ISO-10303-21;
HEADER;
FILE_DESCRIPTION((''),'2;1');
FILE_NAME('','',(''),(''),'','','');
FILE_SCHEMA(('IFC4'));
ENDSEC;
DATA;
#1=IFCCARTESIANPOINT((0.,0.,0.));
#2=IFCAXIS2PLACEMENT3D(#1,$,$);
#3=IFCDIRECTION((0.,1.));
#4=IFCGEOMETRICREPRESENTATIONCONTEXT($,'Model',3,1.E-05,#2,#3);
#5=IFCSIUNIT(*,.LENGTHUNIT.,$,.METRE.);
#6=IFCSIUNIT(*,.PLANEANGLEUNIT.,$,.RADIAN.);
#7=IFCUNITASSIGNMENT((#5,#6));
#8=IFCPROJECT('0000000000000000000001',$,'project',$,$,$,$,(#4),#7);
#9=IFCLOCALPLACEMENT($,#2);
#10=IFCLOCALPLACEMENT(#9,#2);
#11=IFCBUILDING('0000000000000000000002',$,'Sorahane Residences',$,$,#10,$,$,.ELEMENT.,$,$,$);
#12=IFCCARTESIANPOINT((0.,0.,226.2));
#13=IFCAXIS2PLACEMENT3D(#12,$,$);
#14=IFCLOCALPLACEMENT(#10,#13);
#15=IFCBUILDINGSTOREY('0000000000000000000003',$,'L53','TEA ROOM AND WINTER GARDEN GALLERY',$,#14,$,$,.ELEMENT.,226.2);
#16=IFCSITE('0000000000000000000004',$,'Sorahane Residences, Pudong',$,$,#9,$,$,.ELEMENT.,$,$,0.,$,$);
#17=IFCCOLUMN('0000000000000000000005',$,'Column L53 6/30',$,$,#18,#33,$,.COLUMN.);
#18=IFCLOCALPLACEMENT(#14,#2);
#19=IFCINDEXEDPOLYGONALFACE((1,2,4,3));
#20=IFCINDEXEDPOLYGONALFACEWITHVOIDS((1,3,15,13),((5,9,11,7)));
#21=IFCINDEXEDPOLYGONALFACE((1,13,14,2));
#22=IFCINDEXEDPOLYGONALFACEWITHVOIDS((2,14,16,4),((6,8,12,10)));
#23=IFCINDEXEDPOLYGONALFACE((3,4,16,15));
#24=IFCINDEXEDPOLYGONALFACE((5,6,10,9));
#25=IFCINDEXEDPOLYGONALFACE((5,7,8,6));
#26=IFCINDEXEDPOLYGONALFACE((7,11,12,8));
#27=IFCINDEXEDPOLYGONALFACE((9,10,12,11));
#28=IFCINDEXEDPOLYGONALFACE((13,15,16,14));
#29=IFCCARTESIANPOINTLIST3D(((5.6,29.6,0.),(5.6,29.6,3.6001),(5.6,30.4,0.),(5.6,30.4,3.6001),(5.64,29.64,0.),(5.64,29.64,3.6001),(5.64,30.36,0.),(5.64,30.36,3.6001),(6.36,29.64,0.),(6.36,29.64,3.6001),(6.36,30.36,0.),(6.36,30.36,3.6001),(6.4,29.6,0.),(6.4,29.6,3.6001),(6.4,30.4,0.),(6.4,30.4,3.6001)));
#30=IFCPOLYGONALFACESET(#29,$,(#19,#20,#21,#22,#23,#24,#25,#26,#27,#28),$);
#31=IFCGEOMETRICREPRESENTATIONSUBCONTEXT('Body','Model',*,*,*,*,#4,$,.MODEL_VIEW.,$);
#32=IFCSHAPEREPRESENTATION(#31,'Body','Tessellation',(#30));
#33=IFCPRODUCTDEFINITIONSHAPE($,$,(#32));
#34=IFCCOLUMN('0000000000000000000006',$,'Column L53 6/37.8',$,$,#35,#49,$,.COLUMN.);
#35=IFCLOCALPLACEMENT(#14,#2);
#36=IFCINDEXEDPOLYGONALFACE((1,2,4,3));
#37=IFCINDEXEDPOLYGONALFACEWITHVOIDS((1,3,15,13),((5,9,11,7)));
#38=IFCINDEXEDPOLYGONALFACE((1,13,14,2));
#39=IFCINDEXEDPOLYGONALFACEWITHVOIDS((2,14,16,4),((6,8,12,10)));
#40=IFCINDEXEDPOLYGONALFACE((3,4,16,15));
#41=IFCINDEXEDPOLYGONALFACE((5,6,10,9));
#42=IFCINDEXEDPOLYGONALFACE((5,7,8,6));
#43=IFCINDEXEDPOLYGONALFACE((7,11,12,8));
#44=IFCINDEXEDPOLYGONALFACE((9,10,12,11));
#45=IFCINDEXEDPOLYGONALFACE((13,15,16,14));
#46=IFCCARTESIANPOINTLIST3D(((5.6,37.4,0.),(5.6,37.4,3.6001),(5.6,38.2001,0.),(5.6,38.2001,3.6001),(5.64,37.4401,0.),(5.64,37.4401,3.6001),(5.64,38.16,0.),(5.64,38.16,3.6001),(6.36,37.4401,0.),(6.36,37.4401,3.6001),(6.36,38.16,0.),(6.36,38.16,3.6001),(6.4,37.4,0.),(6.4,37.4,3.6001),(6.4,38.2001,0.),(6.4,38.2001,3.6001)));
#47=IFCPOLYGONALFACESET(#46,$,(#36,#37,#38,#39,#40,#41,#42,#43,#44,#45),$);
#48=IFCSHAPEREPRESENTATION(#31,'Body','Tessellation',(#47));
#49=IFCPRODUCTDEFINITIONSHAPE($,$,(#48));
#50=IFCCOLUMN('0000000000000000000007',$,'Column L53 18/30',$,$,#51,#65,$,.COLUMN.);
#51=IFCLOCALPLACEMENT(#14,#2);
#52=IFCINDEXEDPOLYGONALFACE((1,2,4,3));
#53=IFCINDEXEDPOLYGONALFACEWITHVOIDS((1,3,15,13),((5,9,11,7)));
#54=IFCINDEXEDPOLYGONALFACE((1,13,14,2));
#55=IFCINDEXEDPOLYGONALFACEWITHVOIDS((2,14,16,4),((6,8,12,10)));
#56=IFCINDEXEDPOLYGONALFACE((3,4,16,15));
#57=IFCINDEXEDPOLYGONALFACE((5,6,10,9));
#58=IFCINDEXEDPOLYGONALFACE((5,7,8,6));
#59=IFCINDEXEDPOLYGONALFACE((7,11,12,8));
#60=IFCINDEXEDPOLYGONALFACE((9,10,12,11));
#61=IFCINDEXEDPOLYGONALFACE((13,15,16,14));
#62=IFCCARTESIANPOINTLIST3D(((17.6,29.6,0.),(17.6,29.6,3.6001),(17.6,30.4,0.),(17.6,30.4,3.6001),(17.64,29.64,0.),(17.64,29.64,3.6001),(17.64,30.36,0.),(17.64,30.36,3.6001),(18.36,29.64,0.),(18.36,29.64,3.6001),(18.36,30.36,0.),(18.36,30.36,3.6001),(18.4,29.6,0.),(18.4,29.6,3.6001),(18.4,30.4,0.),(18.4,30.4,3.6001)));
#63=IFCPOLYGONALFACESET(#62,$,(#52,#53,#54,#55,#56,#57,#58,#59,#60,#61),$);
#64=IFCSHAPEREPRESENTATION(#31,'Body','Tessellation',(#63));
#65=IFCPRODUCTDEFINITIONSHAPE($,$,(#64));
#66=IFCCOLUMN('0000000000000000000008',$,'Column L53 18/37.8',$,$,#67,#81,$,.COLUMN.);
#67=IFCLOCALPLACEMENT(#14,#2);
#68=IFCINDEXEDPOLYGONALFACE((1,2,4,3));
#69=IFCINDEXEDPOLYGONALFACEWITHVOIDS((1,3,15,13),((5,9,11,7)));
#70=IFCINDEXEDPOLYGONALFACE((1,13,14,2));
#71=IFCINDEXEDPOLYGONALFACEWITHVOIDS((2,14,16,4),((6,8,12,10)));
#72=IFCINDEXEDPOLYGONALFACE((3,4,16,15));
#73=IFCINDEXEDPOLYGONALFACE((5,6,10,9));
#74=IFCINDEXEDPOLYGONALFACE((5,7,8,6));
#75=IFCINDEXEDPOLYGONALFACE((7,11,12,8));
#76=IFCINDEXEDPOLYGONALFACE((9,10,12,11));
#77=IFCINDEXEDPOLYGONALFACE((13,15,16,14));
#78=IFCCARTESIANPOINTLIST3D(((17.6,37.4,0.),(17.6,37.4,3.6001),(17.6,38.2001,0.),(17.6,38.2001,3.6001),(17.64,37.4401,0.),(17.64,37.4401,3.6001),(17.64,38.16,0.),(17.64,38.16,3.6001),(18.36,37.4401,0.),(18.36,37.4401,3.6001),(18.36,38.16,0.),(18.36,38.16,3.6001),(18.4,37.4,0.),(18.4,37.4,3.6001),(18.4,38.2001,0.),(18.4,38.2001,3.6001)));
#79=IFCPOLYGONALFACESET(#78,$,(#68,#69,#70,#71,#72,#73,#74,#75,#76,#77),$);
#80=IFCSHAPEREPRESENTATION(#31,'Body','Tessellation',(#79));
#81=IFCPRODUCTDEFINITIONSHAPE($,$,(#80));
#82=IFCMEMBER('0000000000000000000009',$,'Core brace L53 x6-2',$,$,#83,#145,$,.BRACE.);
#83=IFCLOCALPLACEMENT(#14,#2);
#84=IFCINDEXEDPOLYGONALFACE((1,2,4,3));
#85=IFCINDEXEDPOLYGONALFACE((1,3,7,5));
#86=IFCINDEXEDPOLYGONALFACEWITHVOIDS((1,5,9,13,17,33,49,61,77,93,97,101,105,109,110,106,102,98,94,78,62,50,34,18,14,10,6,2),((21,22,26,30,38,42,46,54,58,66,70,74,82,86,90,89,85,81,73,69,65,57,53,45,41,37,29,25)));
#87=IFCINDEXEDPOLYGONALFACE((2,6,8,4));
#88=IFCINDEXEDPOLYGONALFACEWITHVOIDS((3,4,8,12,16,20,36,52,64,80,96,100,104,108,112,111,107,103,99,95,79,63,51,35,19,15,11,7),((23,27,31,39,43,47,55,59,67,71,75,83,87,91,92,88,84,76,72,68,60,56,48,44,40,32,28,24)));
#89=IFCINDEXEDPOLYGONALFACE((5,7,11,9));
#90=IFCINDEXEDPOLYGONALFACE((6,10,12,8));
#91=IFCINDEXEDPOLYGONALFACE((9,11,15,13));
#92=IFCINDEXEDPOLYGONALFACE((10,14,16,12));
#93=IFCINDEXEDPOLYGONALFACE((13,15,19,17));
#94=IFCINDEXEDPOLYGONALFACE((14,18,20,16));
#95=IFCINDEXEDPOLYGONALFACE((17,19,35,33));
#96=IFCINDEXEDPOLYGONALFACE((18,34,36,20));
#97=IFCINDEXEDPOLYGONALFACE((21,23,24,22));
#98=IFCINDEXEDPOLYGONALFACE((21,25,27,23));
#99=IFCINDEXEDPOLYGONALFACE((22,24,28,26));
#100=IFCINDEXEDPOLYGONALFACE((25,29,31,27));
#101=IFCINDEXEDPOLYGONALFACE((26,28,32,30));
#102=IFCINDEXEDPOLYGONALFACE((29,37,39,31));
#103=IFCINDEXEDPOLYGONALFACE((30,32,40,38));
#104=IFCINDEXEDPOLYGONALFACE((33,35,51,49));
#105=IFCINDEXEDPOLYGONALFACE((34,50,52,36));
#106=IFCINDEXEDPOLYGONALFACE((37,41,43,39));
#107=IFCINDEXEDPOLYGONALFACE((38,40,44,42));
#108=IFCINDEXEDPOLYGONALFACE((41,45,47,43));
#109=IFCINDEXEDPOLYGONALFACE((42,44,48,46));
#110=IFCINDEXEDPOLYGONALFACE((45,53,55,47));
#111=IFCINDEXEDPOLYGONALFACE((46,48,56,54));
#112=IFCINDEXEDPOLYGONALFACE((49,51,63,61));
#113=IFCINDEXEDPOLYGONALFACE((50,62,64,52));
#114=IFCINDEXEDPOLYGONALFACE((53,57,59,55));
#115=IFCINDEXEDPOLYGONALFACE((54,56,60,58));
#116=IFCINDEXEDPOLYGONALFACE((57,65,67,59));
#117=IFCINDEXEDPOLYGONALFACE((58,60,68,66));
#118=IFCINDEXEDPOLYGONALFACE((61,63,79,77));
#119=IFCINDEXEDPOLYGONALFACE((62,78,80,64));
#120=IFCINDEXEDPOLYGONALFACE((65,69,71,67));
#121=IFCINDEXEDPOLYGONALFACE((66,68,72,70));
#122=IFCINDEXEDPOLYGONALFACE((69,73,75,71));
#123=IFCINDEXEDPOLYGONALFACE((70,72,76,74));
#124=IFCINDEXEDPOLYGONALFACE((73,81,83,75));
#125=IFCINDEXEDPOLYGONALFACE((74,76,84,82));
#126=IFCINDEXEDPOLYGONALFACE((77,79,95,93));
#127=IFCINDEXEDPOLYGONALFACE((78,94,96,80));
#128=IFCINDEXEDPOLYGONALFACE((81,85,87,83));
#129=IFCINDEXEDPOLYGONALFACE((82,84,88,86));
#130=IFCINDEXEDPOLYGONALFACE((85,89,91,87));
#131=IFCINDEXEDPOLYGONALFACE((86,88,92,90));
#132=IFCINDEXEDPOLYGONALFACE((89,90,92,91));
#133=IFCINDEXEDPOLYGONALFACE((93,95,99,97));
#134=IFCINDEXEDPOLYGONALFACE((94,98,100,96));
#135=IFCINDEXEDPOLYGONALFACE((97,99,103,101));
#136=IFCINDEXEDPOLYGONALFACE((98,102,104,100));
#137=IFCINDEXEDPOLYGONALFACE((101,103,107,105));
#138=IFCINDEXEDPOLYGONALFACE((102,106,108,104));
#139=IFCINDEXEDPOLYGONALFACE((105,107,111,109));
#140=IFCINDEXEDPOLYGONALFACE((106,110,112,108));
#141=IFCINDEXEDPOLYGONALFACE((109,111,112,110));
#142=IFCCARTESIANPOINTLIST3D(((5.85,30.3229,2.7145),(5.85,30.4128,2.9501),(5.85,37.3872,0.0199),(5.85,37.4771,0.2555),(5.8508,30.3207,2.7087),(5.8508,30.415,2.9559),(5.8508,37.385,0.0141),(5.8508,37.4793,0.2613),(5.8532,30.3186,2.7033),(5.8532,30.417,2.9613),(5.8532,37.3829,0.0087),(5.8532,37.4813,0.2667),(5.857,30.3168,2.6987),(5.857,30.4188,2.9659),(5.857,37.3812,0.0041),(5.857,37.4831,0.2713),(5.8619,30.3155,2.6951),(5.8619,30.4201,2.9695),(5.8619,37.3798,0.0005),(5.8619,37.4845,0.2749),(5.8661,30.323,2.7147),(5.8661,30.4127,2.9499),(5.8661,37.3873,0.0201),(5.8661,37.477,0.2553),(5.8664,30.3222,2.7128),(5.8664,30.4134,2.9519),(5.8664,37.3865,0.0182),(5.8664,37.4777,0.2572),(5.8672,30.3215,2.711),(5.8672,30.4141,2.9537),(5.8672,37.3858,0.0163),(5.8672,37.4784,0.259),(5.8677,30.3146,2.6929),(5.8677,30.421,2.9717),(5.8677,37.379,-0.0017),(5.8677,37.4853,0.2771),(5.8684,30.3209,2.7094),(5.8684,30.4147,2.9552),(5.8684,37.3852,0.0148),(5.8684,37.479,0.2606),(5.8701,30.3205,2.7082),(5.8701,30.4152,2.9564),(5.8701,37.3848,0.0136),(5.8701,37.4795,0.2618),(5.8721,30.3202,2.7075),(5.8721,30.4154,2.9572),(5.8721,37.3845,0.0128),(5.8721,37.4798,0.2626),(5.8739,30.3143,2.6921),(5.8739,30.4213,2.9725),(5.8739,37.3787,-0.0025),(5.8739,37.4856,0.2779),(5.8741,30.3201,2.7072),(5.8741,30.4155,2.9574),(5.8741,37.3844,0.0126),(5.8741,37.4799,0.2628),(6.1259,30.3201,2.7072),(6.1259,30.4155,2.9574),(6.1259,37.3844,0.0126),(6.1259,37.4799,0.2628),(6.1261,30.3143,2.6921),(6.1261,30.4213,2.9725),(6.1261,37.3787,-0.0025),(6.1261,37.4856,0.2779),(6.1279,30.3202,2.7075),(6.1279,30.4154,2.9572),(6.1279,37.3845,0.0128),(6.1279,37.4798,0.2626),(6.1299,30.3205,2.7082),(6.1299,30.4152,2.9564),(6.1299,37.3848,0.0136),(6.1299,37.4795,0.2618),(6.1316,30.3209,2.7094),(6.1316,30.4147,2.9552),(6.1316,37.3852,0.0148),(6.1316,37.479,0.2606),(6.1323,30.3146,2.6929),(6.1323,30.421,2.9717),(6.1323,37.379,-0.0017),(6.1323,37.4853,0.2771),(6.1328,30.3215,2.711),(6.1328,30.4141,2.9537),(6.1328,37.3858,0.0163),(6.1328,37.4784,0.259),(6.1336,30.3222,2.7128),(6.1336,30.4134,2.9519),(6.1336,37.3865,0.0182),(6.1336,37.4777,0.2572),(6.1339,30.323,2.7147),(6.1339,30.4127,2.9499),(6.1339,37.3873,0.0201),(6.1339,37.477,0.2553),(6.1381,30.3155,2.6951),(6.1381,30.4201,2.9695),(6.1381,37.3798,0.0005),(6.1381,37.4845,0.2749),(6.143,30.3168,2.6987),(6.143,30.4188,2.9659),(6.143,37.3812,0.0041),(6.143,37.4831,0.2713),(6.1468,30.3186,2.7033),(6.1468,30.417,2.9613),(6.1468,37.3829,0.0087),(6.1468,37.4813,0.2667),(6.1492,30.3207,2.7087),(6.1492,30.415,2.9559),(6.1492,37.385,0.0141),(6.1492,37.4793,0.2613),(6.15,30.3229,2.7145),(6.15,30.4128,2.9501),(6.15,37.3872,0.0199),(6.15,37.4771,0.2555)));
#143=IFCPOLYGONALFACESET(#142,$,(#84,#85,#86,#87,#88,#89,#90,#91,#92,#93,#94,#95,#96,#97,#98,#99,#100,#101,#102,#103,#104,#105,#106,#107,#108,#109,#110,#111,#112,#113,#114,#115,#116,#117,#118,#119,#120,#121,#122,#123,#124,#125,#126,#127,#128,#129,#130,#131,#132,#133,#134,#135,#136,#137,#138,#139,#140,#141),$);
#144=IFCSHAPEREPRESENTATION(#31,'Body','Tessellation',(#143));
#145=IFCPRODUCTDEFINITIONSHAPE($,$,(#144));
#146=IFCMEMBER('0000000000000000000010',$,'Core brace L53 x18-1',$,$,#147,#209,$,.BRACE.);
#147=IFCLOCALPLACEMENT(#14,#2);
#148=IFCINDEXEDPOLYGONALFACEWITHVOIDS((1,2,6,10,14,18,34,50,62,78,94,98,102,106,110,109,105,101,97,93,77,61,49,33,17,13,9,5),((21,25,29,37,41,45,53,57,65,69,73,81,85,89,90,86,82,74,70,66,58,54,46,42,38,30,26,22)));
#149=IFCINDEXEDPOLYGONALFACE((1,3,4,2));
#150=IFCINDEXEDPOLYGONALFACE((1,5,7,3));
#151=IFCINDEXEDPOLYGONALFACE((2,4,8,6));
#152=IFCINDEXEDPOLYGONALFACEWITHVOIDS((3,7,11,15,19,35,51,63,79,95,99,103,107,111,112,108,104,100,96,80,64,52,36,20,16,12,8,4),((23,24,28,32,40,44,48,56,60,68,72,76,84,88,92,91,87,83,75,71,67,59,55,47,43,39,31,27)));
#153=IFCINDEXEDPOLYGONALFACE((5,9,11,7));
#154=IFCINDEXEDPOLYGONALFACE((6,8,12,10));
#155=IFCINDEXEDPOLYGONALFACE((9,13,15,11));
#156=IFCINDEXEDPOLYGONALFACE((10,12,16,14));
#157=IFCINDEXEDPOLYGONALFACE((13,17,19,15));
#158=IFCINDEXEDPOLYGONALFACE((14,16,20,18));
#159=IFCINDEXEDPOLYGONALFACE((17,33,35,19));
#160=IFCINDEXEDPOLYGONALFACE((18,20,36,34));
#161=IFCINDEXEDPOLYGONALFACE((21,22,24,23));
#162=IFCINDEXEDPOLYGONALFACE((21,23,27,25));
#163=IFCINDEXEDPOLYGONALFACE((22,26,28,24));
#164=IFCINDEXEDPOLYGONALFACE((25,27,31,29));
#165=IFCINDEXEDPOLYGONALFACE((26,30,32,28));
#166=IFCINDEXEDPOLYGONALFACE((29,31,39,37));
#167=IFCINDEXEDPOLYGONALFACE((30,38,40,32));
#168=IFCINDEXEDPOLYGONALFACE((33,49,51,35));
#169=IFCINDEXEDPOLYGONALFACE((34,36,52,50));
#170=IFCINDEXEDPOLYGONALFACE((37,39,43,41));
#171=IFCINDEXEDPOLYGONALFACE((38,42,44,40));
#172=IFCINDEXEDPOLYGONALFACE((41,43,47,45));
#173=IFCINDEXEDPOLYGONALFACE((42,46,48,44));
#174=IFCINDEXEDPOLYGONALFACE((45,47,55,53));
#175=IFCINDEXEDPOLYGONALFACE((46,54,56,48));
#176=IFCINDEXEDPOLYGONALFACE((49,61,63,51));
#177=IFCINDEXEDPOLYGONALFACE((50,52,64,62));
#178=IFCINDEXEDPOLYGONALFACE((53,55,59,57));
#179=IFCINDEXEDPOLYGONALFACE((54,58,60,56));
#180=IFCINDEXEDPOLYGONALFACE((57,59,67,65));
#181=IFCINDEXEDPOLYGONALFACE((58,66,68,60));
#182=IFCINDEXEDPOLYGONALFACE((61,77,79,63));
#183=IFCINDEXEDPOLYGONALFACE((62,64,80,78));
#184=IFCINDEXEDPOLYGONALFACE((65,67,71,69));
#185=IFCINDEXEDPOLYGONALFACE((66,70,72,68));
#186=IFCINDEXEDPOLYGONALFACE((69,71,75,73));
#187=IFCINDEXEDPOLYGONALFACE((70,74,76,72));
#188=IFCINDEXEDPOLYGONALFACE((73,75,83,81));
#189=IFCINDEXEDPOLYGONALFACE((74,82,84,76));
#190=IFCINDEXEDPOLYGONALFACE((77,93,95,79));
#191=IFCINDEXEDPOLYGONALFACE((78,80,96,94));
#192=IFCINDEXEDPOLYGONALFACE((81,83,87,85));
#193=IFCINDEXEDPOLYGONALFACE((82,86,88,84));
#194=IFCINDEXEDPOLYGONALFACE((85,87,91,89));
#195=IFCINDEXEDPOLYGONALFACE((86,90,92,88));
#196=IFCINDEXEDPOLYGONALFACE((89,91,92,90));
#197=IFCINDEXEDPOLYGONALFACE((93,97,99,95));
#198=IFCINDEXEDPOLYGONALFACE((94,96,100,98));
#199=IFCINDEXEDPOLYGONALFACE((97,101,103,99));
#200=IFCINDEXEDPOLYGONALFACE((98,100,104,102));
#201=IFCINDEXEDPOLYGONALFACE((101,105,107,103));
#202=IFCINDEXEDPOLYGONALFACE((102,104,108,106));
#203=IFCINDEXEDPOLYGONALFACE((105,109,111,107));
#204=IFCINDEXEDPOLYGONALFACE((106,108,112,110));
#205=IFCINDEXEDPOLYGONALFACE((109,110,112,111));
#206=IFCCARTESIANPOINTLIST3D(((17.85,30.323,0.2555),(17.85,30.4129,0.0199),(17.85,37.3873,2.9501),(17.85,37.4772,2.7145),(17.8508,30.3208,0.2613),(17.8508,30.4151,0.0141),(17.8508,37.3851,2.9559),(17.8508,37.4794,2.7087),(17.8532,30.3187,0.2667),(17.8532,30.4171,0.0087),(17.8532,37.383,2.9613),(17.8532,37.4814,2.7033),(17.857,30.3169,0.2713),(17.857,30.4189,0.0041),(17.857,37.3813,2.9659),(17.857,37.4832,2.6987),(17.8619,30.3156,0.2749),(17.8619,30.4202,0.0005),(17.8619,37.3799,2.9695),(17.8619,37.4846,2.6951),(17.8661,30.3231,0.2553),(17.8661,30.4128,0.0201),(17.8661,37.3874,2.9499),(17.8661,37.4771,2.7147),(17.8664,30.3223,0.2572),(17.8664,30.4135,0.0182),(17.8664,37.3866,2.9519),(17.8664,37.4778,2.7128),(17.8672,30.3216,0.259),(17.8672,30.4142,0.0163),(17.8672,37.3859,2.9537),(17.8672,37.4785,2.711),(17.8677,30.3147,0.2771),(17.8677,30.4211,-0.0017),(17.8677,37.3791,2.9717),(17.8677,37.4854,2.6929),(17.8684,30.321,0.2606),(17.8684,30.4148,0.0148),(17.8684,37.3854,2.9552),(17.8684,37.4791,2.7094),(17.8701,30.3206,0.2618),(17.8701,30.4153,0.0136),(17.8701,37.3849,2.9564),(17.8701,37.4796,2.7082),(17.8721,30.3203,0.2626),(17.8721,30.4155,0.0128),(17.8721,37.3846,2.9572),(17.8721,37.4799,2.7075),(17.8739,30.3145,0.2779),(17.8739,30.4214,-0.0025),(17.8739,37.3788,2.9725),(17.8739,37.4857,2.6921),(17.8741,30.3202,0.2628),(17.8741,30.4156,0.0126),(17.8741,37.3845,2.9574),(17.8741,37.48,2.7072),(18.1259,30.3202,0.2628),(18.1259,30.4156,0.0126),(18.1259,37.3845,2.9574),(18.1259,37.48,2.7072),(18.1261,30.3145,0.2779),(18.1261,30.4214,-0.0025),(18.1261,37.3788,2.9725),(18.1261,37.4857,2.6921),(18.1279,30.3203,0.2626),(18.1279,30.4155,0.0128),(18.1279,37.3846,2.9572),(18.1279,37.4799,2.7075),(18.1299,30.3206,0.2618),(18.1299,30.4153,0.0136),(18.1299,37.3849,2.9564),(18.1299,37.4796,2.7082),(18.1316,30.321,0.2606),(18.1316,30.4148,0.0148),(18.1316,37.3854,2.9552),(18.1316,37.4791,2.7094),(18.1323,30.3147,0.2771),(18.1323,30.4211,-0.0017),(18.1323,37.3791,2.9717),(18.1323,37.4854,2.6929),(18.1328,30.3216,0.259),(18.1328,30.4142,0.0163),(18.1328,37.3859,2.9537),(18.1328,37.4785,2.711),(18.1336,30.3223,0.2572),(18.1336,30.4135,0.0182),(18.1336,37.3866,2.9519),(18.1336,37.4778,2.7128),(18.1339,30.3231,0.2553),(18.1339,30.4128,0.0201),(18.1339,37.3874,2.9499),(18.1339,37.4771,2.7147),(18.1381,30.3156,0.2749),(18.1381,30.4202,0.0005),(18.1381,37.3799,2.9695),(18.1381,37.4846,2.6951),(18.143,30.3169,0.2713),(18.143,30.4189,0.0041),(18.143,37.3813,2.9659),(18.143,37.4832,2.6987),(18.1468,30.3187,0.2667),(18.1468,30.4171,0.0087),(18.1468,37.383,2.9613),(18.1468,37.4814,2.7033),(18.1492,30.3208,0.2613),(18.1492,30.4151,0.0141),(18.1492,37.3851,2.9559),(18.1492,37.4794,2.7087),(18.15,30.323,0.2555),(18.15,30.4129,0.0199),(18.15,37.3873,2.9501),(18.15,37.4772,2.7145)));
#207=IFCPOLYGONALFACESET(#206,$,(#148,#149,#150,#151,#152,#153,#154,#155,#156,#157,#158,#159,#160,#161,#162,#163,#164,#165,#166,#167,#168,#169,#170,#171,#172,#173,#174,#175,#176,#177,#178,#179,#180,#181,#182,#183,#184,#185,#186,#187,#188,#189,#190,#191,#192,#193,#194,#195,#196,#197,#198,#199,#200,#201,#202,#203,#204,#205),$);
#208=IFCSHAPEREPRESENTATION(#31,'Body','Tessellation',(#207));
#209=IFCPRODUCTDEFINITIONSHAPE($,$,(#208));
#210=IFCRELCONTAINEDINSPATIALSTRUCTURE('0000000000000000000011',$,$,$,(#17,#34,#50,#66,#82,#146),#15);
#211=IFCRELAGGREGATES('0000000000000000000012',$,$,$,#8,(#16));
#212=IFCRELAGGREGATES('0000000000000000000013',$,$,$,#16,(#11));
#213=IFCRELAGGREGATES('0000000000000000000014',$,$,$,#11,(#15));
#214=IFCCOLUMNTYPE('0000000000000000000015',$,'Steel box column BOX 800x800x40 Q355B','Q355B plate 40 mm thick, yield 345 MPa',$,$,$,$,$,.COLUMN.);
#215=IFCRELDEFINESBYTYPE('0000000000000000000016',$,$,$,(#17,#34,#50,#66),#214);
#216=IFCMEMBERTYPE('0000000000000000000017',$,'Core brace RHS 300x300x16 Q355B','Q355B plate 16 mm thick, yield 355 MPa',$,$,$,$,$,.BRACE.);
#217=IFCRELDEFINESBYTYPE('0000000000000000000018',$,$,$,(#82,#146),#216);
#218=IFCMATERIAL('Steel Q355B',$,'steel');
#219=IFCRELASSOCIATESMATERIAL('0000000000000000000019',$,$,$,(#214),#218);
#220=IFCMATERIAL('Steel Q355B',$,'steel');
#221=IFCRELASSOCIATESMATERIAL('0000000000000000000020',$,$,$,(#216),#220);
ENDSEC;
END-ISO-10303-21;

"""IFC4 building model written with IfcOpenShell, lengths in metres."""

from ifc_helpers import new_model, si_unit, direction, frame, origin, origin_2d, place, context, subcontext, project, spatial, hollow_rectangle, extrude, material, material_profile, profile_set, type_object, element, save


model = new_model("IFC4")

# Units and contexts
model_context = context("Model", 3, precision=1e-05, world=origin(), true_north=direction((0.0, 1.0)))
body_context = subcontext(model_context, "Body", "Model", "MODEL_VIEW")
ifc_project = project(units=[si_unit("LENGTHUNIT", "METRE"), si_unit("PLANEANGLEUNIT", "RADIAN")], contexts=[model_context])

# Site, building, storey
site_placement = place(None, origin())
site = spatial("IfcSite", under=ifc_project, at=site_placement, Name="Sorahane Residences, Pudong", CompositionType="ELEMENT", RefElevation=0.0)
building_placement = place(site_placement, origin())
building = spatial("IfcBuilding", under=site, at=building_placement, Name="Sorahane Residences", CompositionType="ELEMENT")
storey_placement = place(building_placement, frame((0.0, 0.0, 226.2)))
storey = spatial("IfcBuildingStorey", under=building, at=storey_placement, Name="L53", Description="TEA ROOM AND WINTER GARDEN GALLERY", CompositionType="ELEMENT", Elevation=226.2)

# Columns
ifc_material_1 = material(Name="Steel Q355B", Category="steel")
ifc_material_profile_1 = material_profile(ifc_material_1, hollow_rectangle(XDim=0.8, YDim=0.8, WallThickness=0.04, at=origin_2d()), Name="BOX 800x800x40")
ifc_profile_set_1 = profile_set([ifc_material_profile_1], Name="Steel Q355B")
column_type = type_object("IfcColumnType", Name="Steel box column BOX 800x800x40 Q355B", Description="Q355B plate 40 mm thick, yield 345 MPa", PredefinedType="COLUMN", material=ifc_profile_set_1)
for number, where, z_axis, x_axis, name in (
    (1, (6.0, 30.0, 0.0), (0.0, 0.0, 1.0), (1.0, 0.0, 0.0), "Column L53 6/30"),
    (2, (6.0, 37.8, 0.0), (0.0, 0.0, 1.0), (1.0, 0.0, 0.0), "Column L53 6/37.8"),
    (3, (18.0, 30.0, 0.0), (0.0, 0.0, 1.0), (1.0, 0.0, 0.0), "Column L53 18/30"),
    (4, (18.0, 37.8, 0.0), (0.0, 0.0, 1.0), (1.0, 0.0, 0.0), "Column L53 18/37.8"),
):
    element("IfcColumn", number, at=place(storey_placement, frame(where, z_axis=z_axis, x_axis=x_axis)), inside=storey, type_object=column_type, Name=name, PredefinedType="COLUMN", context=body_context, shape_type="SweptSolid", body=[
        extrude(hollow_rectangle(XDim=0.8, YDim=0.8, WallThickness=0.04, at=origin_2d()), origin(), (0.0, 0.0, 1.0), 3.6001),
    ])

# Members
ifc_material_2 = material(Name="Steel Q355B", Category="steel")
ifc_material_profile_2 = material_profile(ifc_material_2, hollow_rectangle(XDim=0.3, YDim=0.3, WallThickness=0.0161, InnerFilletRadius=0.0081, OuterFilletRadius=0.0239, at=origin_2d()), Name="RHS 300x300x16")
ifc_profile_set_2 = profile_set([ifc_material_profile_2], Name="Steel Q355B")
member_type = type_object("IfcMemberType", Name="Core brace RHS 300x300x16 Q355B", Description="Q355B plate 16 mm thick, yield 355 MPa", PredefinedType="BRACE", material=ifc_profile_set_2)
for number, where, z_axis, x_axis, name in (
    (5, (6.0, 37.4321, 0.1377), (0.0, -0.934336, 0.356394), (1.0, 0.0, 0.0), "Core brace L53 x6-2"),
    (6, (18.0, 30.3679, 0.1377), (0.0, 0.934336, 0.356394), (-1.0, 0.0, 0.0), "Core brace L53 x18-1"),
):
    element("IfcMember", number, at=place(storey_placement, frame(where, z_axis=z_axis, x_axis=x_axis)), inside=storey, type_object=member_type, Name=name, PredefinedType="BRACE", context=body_context, shape_type="SweptSolid", body=[
        extrude(hollow_rectangle(XDim=0.3, YDim=0.3, WallThickness=0.0161, InnerFilletRadius=0.0081, OuterFilletRadius=0.0239, at=origin_2d()), origin(), (0.0, 0.0, 1.0), 7.5608),
    ])

save(model, "model.ifc")
